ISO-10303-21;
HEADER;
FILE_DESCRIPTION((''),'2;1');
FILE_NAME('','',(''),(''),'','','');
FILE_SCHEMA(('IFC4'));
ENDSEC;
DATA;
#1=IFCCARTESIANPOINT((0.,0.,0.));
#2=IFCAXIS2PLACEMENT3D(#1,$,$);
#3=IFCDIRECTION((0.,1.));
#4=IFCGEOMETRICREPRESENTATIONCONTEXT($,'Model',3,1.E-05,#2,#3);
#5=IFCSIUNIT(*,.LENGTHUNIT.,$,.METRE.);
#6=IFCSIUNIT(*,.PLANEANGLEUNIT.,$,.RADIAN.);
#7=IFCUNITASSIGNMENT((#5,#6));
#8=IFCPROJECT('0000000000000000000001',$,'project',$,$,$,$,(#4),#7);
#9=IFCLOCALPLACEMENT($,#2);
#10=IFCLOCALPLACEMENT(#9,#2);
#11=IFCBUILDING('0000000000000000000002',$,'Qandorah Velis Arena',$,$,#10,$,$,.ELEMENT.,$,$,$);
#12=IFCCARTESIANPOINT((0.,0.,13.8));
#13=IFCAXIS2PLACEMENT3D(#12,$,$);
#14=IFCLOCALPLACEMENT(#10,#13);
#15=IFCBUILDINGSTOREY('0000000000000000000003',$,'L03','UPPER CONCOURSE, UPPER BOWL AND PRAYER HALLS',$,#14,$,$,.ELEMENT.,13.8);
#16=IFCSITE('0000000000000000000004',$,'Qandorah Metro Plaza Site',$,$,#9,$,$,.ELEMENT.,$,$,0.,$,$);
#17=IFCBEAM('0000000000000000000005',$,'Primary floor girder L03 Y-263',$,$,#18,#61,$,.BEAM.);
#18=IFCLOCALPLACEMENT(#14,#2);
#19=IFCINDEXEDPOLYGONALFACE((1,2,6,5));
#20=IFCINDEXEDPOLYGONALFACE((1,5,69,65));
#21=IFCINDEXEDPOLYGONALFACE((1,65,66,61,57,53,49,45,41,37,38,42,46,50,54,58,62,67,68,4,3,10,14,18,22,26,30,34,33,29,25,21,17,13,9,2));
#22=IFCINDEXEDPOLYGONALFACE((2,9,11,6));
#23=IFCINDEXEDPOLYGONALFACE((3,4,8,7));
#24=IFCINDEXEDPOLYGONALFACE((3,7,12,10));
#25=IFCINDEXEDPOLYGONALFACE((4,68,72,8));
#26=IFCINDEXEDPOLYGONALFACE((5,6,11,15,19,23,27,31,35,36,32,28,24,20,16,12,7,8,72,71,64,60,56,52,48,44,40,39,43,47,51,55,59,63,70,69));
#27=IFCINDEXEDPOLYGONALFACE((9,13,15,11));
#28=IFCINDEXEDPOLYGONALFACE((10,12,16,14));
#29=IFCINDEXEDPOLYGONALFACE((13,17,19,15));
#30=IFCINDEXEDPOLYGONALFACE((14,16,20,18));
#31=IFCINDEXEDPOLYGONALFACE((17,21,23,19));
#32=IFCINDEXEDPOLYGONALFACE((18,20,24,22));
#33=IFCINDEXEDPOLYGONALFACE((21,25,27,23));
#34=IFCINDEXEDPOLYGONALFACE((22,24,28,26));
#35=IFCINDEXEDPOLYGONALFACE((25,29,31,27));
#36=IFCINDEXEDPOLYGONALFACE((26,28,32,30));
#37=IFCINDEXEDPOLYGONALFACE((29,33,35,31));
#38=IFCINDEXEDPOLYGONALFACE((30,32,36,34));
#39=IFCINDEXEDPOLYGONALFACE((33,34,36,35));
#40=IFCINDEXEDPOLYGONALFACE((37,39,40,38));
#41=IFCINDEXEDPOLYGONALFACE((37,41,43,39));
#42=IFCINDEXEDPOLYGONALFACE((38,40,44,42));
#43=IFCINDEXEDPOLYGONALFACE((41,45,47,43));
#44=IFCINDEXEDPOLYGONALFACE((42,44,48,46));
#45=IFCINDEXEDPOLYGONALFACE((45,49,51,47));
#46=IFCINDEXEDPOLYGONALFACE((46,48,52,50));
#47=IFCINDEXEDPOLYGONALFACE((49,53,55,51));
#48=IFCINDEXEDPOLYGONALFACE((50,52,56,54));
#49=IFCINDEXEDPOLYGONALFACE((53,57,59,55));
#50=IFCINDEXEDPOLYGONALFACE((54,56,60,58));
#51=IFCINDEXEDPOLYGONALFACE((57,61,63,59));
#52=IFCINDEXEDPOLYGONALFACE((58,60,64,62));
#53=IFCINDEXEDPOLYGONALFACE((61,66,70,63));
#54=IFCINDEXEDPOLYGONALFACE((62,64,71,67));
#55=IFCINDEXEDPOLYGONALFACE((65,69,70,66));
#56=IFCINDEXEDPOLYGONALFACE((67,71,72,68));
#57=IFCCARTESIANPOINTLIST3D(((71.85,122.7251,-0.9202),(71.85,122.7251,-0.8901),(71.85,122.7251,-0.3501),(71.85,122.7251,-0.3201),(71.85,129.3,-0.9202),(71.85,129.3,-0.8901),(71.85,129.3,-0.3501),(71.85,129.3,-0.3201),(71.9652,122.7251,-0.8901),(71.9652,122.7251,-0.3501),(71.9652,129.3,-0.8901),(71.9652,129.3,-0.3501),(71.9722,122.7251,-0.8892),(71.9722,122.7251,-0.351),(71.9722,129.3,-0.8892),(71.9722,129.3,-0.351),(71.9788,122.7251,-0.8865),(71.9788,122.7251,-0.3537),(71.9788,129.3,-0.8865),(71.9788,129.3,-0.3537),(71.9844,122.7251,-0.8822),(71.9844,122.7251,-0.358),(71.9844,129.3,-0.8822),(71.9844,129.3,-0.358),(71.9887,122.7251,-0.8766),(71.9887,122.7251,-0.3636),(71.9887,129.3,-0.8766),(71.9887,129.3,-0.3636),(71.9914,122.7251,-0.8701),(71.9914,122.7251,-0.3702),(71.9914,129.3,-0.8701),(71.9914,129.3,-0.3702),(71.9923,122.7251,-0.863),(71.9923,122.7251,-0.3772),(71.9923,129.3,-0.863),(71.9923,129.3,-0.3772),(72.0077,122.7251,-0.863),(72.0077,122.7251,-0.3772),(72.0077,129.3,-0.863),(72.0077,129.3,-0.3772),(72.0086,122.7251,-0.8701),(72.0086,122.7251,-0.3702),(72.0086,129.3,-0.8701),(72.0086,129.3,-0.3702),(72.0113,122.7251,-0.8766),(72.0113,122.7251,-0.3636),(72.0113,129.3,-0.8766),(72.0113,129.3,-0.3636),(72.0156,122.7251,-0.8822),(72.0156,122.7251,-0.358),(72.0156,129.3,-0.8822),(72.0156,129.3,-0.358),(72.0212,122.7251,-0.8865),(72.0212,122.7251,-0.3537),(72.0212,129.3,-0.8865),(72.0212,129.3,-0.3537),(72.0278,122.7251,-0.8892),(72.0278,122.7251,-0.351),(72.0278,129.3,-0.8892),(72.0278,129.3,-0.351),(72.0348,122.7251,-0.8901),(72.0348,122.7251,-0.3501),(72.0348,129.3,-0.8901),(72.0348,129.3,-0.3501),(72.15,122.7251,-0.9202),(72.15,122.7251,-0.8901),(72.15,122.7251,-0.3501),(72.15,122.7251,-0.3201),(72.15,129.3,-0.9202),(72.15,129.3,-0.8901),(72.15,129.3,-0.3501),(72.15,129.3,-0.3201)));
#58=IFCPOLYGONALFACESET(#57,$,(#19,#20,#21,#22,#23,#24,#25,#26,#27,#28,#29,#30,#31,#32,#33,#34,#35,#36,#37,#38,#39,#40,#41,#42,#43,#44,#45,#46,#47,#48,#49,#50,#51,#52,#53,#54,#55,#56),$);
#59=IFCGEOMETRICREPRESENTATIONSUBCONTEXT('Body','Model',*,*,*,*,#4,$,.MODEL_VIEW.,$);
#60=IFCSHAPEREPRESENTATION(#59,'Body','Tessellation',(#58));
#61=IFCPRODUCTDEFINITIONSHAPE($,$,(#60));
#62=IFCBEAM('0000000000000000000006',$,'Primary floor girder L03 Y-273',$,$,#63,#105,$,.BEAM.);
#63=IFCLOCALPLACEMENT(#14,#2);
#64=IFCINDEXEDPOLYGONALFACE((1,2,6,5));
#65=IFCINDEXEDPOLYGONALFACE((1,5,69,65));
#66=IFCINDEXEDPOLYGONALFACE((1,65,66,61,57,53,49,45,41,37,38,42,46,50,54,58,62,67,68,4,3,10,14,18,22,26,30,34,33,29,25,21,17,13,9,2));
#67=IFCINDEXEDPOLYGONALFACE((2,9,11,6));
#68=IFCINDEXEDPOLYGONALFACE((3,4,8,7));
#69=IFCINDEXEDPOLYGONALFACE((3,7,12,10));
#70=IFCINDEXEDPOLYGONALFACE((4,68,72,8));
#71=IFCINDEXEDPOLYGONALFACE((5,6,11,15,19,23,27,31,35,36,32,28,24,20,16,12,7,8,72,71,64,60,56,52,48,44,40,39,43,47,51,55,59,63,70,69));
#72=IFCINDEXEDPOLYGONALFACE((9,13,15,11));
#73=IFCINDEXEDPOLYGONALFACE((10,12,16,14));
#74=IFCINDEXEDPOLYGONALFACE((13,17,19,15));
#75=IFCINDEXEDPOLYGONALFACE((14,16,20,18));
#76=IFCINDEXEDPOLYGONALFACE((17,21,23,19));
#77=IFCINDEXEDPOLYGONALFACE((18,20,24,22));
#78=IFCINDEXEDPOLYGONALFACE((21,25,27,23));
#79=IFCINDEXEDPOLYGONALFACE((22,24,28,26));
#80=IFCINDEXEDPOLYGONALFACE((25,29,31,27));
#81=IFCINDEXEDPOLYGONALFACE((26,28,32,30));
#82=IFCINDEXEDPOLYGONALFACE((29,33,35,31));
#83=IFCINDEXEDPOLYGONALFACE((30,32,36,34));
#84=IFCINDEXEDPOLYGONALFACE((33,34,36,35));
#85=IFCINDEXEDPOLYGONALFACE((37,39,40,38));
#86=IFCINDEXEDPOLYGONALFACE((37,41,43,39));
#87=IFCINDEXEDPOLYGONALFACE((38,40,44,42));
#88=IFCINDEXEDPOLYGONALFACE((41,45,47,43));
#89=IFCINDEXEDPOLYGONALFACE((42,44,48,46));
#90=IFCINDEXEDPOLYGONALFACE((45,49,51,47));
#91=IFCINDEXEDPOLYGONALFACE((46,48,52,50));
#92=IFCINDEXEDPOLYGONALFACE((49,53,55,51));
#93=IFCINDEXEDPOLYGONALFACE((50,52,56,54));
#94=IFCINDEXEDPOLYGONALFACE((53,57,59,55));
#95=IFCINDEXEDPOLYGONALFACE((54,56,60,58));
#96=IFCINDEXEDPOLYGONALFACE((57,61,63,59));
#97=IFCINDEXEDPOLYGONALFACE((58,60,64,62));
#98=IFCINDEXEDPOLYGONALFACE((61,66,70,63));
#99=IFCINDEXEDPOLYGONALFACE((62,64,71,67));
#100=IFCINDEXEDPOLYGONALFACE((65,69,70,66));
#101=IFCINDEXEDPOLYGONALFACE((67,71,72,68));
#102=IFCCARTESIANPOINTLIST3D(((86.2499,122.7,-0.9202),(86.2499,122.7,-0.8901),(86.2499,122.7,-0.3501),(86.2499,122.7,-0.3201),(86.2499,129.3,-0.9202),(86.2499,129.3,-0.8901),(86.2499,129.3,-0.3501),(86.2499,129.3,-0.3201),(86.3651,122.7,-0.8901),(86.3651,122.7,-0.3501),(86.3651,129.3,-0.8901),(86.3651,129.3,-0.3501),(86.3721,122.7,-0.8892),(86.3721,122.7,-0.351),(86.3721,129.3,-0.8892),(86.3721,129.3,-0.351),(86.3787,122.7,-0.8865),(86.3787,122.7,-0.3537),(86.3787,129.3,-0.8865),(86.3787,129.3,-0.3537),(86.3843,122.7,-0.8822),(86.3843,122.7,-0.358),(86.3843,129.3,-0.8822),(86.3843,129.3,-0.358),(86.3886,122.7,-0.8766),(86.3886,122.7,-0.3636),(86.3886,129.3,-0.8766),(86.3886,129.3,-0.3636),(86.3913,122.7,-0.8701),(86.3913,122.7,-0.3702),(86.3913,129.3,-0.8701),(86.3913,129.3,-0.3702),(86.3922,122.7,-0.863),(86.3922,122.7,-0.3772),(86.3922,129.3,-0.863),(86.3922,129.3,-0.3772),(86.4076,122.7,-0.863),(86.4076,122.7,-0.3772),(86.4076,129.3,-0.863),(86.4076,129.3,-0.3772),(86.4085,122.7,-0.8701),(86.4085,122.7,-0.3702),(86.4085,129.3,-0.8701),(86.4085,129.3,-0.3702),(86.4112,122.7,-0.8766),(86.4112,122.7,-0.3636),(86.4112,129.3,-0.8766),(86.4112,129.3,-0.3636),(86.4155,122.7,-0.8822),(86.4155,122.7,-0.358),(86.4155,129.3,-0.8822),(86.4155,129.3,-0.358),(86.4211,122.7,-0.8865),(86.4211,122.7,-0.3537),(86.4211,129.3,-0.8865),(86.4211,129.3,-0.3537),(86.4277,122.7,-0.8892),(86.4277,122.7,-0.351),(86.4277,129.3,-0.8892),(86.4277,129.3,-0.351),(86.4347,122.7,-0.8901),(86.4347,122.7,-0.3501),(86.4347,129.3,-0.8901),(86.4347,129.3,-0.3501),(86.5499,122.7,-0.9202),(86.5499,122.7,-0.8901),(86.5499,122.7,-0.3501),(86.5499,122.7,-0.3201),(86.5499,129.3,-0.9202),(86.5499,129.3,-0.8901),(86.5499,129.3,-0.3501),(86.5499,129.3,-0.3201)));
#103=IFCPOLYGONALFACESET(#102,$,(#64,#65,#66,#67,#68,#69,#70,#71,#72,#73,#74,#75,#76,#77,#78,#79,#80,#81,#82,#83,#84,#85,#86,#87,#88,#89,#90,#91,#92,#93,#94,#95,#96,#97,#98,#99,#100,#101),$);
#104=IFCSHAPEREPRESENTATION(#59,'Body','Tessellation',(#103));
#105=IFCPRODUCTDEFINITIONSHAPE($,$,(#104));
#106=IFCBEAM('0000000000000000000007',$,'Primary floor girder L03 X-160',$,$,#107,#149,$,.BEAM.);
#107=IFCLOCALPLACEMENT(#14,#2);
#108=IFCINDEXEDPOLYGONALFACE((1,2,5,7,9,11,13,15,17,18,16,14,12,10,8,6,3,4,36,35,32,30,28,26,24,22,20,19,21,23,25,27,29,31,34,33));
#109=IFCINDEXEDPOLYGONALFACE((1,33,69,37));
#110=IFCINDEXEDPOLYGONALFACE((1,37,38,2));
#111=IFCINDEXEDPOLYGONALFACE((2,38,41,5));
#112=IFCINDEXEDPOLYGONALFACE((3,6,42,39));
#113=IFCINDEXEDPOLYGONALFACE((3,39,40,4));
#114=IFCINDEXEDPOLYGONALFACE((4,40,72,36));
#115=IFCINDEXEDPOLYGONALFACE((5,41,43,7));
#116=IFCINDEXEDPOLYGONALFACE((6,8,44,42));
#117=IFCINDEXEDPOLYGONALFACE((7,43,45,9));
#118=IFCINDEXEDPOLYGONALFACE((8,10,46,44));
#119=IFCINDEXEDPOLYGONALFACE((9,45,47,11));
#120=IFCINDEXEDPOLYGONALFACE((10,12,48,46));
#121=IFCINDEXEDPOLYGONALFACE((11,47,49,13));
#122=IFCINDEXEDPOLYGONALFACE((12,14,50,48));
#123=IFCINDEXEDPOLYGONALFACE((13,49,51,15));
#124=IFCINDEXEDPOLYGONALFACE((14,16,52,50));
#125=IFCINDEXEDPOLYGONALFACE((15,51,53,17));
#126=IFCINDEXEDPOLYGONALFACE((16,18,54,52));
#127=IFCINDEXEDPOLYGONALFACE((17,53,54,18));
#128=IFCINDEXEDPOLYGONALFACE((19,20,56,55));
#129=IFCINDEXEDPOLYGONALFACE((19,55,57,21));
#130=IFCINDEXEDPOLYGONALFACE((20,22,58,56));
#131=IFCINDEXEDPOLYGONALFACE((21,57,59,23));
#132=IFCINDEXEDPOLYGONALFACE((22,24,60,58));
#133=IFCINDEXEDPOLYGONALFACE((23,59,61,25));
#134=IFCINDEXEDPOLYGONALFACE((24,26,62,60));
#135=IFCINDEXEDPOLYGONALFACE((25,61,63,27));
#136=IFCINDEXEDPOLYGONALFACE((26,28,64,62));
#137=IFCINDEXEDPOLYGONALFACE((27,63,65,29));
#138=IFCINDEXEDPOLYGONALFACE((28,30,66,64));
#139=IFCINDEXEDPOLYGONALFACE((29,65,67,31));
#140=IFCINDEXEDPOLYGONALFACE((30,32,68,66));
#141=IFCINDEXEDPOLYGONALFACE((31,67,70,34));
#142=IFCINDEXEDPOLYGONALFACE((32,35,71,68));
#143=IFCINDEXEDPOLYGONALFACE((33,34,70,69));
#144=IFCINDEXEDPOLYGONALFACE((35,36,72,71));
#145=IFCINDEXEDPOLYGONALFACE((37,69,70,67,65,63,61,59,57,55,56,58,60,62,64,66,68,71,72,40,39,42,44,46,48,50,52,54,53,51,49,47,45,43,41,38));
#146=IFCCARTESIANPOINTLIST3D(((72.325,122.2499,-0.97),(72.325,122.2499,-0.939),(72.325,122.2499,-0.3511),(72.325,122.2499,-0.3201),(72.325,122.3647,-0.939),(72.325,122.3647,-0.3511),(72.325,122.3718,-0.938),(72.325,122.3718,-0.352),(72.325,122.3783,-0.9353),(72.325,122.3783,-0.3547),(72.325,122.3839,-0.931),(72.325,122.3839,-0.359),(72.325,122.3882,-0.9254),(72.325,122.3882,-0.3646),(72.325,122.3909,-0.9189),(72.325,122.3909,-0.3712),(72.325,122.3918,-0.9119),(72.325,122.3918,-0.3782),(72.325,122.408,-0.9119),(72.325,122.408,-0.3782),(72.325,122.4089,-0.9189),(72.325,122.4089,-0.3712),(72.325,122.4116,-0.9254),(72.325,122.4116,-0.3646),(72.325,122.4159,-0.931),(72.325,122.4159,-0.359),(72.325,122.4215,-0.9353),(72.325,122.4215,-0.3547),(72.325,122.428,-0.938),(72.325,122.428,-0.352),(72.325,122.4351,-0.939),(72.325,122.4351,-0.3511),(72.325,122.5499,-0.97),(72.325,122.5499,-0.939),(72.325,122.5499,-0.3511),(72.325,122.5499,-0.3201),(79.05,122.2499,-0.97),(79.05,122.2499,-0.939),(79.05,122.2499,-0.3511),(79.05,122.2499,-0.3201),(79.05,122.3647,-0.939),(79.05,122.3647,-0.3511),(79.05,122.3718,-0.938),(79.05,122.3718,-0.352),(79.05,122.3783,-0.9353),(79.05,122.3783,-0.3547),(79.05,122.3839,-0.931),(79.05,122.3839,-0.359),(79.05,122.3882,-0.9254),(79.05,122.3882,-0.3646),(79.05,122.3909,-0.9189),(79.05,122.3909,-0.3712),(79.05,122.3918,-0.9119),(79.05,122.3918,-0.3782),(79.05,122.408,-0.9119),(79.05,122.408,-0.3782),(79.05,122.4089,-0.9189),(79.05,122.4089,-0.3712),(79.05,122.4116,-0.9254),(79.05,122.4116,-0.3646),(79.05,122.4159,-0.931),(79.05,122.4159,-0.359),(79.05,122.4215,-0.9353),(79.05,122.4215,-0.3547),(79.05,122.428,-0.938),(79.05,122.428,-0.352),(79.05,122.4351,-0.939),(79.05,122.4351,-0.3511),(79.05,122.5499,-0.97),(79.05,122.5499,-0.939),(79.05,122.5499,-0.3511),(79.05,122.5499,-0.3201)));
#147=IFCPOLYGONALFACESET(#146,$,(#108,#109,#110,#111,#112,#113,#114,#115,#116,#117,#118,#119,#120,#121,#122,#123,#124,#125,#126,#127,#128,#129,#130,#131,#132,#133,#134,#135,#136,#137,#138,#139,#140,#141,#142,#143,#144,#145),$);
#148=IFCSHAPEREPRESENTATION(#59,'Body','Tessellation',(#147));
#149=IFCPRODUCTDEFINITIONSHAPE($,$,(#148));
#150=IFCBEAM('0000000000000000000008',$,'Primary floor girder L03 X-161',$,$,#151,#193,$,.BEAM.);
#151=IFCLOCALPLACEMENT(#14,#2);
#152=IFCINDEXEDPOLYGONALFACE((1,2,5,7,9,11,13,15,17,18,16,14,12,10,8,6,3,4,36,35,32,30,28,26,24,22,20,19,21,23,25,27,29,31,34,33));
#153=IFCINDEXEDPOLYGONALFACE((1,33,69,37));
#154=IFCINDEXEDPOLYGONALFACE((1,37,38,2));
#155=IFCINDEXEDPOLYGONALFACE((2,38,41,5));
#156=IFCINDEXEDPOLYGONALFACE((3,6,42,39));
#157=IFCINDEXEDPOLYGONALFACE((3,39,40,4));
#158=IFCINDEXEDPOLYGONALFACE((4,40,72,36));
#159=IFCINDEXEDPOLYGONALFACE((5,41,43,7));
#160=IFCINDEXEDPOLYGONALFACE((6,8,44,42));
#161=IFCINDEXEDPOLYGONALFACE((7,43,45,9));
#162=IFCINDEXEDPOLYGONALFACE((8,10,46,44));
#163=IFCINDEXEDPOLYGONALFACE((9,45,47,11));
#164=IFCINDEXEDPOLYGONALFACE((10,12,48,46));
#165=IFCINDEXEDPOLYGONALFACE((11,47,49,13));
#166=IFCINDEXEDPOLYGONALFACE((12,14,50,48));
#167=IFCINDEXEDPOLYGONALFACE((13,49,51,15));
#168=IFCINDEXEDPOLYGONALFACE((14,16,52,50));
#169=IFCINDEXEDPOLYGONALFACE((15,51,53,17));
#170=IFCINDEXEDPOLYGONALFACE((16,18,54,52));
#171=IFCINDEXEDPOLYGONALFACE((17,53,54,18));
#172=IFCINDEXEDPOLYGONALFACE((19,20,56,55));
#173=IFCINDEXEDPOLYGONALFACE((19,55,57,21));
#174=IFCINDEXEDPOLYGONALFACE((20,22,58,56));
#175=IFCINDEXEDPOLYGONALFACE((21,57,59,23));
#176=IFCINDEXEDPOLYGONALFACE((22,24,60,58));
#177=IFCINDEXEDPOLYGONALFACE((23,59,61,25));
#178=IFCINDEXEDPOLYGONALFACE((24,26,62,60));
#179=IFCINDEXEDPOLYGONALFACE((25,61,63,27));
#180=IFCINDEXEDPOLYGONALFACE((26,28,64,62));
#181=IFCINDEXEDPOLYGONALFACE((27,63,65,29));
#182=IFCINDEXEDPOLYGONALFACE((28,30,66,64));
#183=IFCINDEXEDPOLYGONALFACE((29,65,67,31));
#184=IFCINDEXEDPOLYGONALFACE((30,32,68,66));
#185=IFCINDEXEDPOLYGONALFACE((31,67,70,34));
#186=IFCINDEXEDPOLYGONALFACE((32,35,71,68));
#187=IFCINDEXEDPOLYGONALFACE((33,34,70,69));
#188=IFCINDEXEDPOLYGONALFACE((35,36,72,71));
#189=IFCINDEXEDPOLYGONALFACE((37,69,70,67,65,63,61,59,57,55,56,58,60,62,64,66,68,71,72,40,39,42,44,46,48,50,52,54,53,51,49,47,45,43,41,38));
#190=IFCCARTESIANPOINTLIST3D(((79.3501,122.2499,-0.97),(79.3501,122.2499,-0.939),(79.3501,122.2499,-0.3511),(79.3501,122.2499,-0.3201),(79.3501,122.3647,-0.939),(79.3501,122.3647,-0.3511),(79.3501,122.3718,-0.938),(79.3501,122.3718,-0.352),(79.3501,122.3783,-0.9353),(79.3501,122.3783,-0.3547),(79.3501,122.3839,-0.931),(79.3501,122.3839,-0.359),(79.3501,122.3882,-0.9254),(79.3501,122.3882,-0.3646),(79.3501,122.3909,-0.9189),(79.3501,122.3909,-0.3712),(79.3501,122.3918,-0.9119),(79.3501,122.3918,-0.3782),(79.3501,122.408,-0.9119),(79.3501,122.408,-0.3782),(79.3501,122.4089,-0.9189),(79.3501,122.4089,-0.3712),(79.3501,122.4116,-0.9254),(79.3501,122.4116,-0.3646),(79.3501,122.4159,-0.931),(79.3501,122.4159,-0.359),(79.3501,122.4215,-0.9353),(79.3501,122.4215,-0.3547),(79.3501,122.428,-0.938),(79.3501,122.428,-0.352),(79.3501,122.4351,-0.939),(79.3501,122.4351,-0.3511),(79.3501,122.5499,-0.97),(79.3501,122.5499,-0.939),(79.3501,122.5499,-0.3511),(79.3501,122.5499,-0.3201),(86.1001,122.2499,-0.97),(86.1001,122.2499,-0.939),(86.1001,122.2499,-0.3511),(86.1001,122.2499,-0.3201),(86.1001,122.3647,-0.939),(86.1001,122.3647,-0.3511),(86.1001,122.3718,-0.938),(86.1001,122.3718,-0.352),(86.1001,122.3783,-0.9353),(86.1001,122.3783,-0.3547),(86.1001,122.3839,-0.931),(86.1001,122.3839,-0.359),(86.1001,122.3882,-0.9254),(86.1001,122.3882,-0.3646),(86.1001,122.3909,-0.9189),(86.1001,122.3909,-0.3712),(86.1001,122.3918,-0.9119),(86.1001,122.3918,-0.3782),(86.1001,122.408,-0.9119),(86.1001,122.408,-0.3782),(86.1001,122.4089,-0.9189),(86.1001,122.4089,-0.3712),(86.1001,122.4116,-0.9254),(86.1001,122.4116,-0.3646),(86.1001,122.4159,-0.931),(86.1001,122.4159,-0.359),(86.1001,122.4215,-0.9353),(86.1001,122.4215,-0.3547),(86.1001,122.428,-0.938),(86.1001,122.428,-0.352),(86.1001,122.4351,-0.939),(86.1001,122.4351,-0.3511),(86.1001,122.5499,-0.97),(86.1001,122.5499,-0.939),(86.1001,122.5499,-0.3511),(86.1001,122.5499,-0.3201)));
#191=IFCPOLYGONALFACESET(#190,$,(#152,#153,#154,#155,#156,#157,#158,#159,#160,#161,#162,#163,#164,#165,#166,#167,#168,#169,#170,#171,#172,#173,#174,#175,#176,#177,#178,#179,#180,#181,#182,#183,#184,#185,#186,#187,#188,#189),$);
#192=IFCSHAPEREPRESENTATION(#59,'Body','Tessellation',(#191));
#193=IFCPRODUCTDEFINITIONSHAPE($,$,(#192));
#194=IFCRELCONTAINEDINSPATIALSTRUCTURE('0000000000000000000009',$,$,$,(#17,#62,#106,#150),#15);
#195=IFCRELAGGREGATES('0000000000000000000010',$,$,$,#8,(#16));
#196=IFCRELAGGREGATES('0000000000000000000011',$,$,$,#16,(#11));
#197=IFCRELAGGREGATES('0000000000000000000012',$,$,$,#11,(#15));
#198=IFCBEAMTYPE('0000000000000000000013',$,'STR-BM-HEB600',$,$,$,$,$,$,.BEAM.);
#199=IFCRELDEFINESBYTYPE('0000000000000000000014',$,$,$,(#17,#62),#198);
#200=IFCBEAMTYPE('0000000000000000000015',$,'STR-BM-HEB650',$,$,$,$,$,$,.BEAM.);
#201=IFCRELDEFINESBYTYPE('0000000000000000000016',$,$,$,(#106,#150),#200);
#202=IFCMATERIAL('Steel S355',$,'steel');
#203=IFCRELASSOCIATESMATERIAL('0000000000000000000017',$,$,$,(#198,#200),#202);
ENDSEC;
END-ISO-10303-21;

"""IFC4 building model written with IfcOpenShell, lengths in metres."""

from ifc_helpers import new_model, si_unit, direction, frame, origin, origin_2d, place, context, subcontext, project, spatial, i_section, extrude, material, material_profile, profile_set, type_object, element, save


model = new_model("IFC4")

# Units and contexts
model_context = context("Model", 3, precision=1e-05, world=origin(), true_north=direction((0.0, 1.0)))
body_context = subcontext(model_context, "Body", "Model", "MODEL_VIEW")
ifc_project = project(units=[si_unit("LENGTHUNIT", "METRE"), si_unit("PLANEANGLEUNIT", "RADIAN")], contexts=[model_context])

# Site, building, storey
site_placement = place(None, origin())
site = spatial("IfcSite", under=ifc_project, at=site_placement, Name="Qandorah Metro Plaza Site", CompositionType="ELEMENT", RefElevation=0.0)
building_placement = place(site_placement, origin())
building = spatial("IfcBuilding", under=site, at=building_placement, Name="Qandorah Velis Arena", CompositionType="ELEMENT")
storey_placement = place(building_placement, frame((0.0, 0.0, 13.8)))
storey = spatial("IfcBuildingStorey", under=building, at=storey_placement, Name="L03", Description="UPPER CONCOURSE, UPPER BOWL AND PRAYER HALLS", CompositionType="ELEMENT", Elevation=13.8)

# Beams
ifc_material_1 = material(Name="Steel S355", Category="steel")
ifc_material_profile_1 = material_profile(ifc_material_1, i_section(OverallWidth=0.3, OverallDepth=0.6001, WebThickness=0.0154, FlangeThickness=0.03, FilletRadius=0.0271, at=origin_2d()), Name="HEB 600")
ifc_profile_set_1 = profile_set([ifc_material_profile_1], Name="Steel S355")
beam_type_1 = type_object("IfcBeamType", Name="STR-BM-HEB600", PredefinedType="BEAM", material=ifc_profile_set_1)
beam_1_placement = place(storey_placement, frame((72.0, 122.7251, -0.6201), z_axis=(0.0, 1.0, 0.0), x_axis=(-1.0, 0.0, 0.0)))
element("IfcBeam", 1, at=beam_1_placement, inside=storey, type_object=beam_type_1, Name="Primary floor girder L03 Y-263", PredefinedType="BEAM", context=body_context, shape_type="SweptSolid", body=[
    extrude(i_section(OverallWidth=0.3, OverallDepth=0.6001, WebThickness=0.0154, FlangeThickness=0.03, FilletRadius=0.0271, at=origin_2d()), origin(), (0.0, 0.0, 1.0), 6.575),
])
beam_2_placement = place(storey_placement, frame((86.3999, 122.7, -0.6201), z_axis=(0.0, 1.0, 0.0), x_axis=(-1.0, 0.0, 0.0)))
element("IfcBeam", 2, at=beam_2_placement, inside=storey, type_object=beam_type_1, Name="Primary floor girder L03 Y-273", PredefinedType="BEAM", context=body_context, shape_type="SweptSolid", body=[
    extrude(i_section(OverallWidth=0.3, OverallDepth=0.6001, WebThickness=0.0154, FlangeThickness=0.03, FilletRadius=0.0271, at=origin_2d()), origin(), (0.0, 0.0, 1.0), 6.6001),
])
ifc_material_profile_2 = material_profile(ifc_material_1, i_section(OverallWidth=0.3, OverallDepth=0.6499, WebThickness=0.0161, FlangeThickness=0.031, FilletRadius=0.0271, at=origin_2d()), Name="HEB 650")
ifc_profile_set_2 = profile_set([ifc_material_profile_2], Name="Steel S355")
beam_type_2 = type_object("IfcBeamType", Name="STR-BM-HEB650", PredefinedType="BEAM", material=ifc_profile_set_2)
beam_3_placement = place(storey_placement, frame((72.325, 122.3999, -0.645), z_axis=(1.0, 0.0, 0.0), x_axis=(0.0, 1.0, 0.0)))
element("IfcBeam", 3, at=beam_3_placement, inside=storey, type_object=beam_type_2, Name="Primary floor girder L03 X-160", PredefinedType="BEAM", context=body_context, shape_type="SweptSolid", body=[
    extrude(i_section(OverallWidth=0.3, OverallDepth=0.6499, WebThickness=0.0161, FlangeThickness=0.031, FilletRadius=0.0271, at=origin_2d()), origin(), (0.0, 0.0, 1.0), 6.7251),
])
beam_4_placement = place(storey_placement, frame((79.3501, 122.3999, -0.645), z_axis=(1.0, 0.0, 0.0), x_axis=(0.0, 1.0, 0.0)))
element("IfcBeam", 4, at=beam_4_placement, inside=storey, type_object=beam_type_2, Name="Primary floor girder L03 X-161", PredefinedType="BEAM", context=body_context, shape_type="SweptSolid", body=[
    extrude(i_section(OverallWidth=0.3, OverallDepth=0.6499, WebThickness=0.0161, FlangeThickness=0.031, FilletRadius=0.0271, at=origin_2d()), origin(), (0.0, 0.0, 1.0), 6.75),
])

save(model, "model.ifc")
